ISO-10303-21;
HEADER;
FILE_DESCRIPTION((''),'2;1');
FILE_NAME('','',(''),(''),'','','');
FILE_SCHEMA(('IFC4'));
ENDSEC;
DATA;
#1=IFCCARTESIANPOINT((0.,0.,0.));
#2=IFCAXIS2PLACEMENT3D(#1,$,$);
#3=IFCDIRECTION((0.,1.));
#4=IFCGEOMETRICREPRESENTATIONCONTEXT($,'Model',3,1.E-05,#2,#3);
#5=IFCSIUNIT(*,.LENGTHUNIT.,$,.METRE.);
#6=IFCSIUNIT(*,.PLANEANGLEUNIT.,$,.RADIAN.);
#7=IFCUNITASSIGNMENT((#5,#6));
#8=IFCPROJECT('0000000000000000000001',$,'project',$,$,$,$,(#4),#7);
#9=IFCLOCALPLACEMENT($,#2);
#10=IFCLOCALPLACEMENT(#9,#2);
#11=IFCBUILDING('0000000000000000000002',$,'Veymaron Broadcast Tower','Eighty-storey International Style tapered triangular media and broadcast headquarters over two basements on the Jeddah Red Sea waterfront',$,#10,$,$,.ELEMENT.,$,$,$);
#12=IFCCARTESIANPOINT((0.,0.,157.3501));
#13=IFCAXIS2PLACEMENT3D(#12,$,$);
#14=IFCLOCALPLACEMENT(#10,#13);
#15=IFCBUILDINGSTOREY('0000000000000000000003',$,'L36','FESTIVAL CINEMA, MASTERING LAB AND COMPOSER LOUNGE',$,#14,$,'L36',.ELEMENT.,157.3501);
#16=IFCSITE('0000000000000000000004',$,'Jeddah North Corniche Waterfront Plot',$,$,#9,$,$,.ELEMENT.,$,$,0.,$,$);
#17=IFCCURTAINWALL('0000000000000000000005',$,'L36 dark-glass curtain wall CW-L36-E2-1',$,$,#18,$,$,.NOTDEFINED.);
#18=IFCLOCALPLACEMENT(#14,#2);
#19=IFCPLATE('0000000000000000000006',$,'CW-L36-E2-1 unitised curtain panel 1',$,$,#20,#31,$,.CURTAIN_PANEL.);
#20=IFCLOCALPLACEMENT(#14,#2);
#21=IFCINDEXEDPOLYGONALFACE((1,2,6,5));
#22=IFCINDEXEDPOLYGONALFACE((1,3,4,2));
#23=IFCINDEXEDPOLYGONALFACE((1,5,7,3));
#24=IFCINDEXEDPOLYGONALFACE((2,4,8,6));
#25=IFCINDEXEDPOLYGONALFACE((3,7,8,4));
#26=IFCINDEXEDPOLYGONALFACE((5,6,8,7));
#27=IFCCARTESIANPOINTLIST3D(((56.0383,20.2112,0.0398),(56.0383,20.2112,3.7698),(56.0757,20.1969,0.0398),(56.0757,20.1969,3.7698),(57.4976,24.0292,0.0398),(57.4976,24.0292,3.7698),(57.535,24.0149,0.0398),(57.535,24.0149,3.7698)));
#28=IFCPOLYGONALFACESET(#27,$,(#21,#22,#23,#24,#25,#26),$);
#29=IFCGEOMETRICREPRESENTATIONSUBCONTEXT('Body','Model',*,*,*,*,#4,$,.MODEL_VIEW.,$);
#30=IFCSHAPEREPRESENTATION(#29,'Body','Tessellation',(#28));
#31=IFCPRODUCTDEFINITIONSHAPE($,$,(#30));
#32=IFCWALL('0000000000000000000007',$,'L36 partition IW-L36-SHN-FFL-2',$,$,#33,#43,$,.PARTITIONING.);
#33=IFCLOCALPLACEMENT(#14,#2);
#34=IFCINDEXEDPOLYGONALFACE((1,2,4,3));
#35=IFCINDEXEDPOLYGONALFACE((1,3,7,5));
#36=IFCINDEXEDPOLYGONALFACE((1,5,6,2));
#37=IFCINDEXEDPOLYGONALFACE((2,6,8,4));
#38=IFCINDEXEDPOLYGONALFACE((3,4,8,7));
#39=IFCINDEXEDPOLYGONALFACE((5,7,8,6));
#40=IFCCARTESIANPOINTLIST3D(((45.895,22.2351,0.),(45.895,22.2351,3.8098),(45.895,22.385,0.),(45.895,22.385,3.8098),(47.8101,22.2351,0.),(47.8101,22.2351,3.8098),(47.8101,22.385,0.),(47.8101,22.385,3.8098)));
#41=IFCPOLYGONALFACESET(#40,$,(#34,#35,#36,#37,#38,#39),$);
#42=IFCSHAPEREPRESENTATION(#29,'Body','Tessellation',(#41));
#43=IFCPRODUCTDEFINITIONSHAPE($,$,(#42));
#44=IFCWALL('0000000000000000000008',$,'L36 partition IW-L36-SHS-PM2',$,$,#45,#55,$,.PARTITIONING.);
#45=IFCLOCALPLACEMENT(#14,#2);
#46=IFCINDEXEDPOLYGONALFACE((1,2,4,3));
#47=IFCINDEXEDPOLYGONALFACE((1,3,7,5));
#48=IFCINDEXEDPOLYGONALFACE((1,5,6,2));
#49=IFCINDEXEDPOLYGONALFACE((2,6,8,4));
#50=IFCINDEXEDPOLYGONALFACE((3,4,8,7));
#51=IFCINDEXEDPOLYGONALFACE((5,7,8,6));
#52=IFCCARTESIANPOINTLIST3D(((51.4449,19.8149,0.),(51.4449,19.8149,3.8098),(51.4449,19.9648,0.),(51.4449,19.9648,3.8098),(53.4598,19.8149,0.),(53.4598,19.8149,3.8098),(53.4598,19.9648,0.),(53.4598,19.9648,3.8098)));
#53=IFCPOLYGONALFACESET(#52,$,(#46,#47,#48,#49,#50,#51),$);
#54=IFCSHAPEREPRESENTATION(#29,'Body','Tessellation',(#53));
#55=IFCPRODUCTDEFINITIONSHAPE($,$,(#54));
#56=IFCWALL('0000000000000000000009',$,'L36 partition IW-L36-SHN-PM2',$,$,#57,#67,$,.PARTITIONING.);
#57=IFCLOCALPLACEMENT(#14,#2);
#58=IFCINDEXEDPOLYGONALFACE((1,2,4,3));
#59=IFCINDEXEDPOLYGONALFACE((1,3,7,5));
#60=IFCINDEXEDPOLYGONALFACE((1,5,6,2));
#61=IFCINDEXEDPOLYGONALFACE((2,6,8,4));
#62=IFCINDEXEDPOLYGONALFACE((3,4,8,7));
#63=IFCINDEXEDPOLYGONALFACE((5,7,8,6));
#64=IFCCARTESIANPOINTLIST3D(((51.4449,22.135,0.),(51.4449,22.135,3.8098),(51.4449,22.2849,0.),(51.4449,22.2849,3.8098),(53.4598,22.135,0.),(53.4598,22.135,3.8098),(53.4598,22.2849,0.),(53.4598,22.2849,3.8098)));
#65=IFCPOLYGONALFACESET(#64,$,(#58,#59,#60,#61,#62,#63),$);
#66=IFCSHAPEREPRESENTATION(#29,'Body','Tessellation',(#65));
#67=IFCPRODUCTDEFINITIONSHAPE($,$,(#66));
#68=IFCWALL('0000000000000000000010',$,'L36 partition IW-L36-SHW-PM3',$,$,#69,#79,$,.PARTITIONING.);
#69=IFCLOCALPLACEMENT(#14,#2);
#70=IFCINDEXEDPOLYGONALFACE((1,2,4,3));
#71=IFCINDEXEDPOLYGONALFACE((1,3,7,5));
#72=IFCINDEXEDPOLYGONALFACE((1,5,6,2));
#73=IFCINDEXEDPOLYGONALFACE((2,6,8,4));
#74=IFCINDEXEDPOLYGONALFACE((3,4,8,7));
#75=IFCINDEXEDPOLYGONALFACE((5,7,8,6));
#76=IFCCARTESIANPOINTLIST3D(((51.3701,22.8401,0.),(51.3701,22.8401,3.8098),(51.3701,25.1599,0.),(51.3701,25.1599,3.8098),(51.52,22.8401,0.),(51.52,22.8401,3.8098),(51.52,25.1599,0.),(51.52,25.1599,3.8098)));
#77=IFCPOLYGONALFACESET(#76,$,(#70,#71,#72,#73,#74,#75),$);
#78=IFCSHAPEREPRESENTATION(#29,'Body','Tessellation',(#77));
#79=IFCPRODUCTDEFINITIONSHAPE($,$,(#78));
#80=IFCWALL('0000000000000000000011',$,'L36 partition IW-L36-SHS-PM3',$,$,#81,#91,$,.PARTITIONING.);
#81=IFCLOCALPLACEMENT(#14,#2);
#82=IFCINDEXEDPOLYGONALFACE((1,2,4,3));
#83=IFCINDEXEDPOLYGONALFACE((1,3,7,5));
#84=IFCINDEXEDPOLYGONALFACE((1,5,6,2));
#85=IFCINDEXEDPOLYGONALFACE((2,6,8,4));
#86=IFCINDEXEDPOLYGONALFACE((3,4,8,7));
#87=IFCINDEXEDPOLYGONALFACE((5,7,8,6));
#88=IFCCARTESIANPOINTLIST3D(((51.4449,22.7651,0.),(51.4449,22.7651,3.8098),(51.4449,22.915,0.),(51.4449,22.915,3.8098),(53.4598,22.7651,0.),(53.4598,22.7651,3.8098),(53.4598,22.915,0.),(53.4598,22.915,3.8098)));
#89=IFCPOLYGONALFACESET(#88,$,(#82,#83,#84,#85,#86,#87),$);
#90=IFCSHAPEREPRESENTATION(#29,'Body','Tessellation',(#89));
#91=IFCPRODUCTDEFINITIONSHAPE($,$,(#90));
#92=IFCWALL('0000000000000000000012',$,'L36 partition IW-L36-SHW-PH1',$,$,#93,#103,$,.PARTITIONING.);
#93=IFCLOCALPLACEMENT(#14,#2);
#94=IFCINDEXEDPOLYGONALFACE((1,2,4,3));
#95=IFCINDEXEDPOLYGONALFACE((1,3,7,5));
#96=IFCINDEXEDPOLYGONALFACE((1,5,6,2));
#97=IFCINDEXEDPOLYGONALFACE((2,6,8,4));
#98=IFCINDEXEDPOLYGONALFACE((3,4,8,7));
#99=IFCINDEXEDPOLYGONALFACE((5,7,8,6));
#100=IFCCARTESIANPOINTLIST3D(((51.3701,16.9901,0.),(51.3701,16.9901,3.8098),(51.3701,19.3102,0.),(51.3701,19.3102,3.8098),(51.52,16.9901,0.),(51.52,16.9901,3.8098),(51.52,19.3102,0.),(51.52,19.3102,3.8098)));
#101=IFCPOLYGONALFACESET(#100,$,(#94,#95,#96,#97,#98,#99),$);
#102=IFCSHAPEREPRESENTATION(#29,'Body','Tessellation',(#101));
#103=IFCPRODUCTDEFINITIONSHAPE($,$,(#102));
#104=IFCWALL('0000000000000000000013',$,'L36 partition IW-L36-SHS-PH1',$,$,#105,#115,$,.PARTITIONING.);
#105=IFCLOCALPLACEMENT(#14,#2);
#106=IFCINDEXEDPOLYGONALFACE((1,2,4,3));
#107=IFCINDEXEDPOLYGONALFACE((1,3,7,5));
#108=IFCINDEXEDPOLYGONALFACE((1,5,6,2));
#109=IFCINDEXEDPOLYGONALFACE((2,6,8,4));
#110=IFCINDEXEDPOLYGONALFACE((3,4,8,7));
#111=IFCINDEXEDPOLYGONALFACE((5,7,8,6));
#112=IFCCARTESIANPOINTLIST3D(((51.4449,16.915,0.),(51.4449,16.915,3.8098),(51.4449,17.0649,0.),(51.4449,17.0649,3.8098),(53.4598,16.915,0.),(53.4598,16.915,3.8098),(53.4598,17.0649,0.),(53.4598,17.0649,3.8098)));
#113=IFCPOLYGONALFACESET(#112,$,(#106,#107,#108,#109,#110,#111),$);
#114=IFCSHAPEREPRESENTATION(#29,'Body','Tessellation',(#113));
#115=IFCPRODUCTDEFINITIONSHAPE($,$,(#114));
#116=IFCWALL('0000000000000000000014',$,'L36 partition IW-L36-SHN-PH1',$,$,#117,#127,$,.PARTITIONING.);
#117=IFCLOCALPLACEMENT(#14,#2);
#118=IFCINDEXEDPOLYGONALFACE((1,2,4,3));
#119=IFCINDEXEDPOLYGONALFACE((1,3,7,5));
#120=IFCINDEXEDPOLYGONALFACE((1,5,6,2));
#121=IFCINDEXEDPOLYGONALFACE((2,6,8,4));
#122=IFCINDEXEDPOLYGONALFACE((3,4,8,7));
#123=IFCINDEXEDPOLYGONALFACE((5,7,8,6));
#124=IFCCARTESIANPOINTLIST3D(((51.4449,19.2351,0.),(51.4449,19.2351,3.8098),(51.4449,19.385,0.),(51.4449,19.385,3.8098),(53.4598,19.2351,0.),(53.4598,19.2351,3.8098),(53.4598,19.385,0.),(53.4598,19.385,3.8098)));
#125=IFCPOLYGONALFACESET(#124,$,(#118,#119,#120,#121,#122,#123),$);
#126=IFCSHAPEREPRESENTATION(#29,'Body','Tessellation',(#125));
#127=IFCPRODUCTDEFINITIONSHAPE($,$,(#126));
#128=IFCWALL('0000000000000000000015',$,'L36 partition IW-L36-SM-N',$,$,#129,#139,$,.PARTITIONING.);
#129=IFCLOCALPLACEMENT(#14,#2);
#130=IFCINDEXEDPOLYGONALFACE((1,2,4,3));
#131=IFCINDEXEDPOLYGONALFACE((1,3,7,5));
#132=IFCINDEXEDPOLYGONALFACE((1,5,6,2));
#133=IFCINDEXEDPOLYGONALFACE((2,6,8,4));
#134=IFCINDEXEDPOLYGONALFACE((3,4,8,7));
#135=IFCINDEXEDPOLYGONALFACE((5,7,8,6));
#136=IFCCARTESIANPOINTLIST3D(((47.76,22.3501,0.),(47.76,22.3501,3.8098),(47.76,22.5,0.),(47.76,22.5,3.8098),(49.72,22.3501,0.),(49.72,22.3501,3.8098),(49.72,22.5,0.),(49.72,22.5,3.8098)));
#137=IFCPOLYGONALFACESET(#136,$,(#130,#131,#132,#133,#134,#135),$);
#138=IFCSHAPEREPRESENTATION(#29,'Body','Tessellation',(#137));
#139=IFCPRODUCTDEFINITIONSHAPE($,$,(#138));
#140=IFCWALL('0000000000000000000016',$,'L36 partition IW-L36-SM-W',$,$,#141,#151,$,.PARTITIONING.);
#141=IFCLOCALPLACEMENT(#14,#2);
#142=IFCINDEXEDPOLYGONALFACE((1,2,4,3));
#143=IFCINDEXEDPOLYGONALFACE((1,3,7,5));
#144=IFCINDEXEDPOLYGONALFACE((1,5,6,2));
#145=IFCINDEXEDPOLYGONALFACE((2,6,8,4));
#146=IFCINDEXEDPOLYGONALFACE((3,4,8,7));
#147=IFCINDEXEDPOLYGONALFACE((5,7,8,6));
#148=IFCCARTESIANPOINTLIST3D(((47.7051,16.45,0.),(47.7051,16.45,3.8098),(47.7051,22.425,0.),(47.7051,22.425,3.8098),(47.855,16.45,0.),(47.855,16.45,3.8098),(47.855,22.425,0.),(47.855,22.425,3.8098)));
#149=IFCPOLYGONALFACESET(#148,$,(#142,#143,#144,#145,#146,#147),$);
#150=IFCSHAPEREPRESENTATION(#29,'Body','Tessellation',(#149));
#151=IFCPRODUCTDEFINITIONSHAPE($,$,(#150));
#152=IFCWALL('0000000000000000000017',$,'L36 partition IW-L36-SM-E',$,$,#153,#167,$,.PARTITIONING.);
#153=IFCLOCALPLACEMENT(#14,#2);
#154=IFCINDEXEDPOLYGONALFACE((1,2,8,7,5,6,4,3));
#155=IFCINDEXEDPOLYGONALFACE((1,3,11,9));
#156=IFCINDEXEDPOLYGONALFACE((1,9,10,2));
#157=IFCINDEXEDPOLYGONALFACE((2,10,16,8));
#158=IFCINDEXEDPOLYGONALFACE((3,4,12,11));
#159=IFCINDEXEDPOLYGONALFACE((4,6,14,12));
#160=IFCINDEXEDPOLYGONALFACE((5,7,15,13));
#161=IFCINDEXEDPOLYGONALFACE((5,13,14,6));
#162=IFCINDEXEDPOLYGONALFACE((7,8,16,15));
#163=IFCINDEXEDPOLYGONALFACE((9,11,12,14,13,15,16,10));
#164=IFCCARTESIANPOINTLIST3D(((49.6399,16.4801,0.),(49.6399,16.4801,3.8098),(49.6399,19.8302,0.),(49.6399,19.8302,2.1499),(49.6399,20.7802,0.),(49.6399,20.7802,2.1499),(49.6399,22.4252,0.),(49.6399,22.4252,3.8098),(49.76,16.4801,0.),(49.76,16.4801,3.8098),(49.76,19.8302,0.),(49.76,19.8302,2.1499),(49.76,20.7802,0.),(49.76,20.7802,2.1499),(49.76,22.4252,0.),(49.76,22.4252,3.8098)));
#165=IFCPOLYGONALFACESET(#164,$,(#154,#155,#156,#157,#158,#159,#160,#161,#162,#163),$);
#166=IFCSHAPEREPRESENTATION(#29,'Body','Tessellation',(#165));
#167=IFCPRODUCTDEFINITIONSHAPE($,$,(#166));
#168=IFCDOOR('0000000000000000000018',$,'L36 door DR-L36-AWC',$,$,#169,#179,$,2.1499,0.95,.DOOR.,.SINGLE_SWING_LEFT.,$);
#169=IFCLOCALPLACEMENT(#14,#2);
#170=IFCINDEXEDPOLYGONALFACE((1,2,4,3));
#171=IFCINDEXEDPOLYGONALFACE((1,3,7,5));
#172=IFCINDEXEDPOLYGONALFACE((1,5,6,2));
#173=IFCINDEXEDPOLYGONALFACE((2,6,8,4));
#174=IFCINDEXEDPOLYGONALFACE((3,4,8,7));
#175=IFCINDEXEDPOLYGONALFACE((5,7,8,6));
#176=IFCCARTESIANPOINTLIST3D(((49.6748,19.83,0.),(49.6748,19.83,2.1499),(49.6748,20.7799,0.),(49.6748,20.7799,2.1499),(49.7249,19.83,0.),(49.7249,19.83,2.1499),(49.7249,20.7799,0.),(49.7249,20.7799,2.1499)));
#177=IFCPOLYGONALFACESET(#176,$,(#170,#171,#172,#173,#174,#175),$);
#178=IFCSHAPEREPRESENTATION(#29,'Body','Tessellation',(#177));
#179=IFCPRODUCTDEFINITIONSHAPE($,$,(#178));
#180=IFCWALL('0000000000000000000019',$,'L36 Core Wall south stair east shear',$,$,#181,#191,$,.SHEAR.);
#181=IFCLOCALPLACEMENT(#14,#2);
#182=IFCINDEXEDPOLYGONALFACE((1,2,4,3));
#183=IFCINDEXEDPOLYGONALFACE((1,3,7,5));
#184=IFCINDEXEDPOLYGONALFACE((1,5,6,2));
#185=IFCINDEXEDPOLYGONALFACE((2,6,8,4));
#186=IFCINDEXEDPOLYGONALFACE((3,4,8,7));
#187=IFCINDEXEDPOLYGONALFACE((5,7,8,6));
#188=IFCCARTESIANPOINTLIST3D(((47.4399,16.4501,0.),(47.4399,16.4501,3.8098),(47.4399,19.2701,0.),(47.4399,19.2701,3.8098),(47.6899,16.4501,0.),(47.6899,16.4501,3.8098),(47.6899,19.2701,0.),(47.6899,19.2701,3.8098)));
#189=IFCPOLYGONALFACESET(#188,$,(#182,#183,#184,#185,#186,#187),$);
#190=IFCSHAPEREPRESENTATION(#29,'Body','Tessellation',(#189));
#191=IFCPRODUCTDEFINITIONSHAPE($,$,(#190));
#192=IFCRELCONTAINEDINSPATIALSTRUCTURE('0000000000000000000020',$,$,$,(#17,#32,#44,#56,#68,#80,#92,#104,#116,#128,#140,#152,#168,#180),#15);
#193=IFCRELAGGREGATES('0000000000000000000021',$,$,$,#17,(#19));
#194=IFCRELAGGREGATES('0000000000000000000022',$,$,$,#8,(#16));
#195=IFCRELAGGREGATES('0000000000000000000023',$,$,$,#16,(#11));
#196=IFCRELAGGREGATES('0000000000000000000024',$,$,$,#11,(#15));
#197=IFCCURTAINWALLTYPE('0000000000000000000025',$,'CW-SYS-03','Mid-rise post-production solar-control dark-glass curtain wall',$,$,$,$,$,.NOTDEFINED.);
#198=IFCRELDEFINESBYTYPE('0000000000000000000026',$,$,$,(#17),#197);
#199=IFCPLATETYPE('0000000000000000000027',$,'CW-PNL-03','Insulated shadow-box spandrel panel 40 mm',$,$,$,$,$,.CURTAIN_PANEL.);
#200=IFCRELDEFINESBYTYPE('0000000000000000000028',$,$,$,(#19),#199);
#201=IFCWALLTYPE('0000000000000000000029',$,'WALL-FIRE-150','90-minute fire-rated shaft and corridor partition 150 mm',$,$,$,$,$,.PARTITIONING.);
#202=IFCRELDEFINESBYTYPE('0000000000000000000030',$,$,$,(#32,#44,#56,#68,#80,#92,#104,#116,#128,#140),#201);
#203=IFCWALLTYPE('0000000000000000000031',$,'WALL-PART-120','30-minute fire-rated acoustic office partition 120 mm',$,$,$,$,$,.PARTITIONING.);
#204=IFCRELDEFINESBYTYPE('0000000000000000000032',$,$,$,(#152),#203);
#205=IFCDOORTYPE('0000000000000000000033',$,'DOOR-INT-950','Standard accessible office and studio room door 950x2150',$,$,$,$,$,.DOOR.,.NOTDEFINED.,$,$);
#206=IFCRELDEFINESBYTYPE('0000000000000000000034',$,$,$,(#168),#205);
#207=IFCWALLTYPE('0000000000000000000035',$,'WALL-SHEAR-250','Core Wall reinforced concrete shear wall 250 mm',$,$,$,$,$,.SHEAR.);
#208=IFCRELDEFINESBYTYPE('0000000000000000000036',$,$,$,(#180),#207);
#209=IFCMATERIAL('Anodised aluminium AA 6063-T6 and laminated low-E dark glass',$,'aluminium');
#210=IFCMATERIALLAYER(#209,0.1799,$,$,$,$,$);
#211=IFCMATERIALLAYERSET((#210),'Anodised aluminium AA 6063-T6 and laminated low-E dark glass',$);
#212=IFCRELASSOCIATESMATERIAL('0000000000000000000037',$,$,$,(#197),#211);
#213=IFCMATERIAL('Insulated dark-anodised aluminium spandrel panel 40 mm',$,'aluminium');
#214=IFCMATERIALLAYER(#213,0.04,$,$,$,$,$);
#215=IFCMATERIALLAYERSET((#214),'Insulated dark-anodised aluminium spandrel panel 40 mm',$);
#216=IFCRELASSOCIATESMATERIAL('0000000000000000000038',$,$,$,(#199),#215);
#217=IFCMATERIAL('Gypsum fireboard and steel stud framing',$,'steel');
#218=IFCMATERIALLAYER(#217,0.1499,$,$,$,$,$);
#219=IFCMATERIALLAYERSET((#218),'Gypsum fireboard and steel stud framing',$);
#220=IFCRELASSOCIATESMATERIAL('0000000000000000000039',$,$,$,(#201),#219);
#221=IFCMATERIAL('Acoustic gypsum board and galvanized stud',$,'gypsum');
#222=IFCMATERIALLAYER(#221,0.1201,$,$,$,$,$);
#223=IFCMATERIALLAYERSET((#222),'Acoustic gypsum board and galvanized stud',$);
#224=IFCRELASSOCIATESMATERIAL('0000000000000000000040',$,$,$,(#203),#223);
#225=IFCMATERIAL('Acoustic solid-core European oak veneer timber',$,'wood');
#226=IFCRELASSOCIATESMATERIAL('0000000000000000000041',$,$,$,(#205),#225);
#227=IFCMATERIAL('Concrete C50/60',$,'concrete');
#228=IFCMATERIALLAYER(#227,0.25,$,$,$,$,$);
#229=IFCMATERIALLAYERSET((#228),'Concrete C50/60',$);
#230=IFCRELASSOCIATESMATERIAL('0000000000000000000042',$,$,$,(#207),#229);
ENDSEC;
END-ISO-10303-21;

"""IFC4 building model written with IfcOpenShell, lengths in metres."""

from ifc_helpers import new_model, si_unit, direction, frame, frame_2d, origin, origin_2d, place, context, subcontext, project, spatial, rectangle, extrude, material, layer, layer_set, type_object, element, fill, aggregate, save


model = new_model("IFC4")

# Units and contexts
model_context = context("Model", 3, precision=1e-05, world=origin(), true_north=direction((0.0, 1.0)))
body_context = subcontext(model_context, "Body", "Model", "MODEL_VIEW")
ifc_project = project(units=[si_unit("LENGTHUNIT", "METRE"), si_unit("PLANEANGLEUNIT", "RADIAN")], contexts=[model_context])

# Site, building, storey
site_placement = place(None, origin())
site = spatial("IfcSite", under=ifc_project, at=site_placement, Name="Jeddah North Corniche Waterfront Plot", CompositionType="ELEMENT", RefElevation=0.0)
building_placement = place(site_placement, origin())
building = spatial("IfcBuilding", under=site, at=building_placement, Name="Veymaron Broadcast Tower", Description="Eighty-storey International Style tapered triangular media and broadcast headquarters over two basements on the Jeddah Red Sea waterfront", CompositionType="ELEMENT")
storey_placement = place(building_placement, frame((0.0, 0.0, 157.3501)))
storey = spatial("IfcBuildingStorey", under=building, at=storey_placement, Name="L36", Description="FESTIVAL CINEMA, MASTERING LAB AND COMPOSER LOUNGE", LongName="L36", CompositionType="ELEMENT", Elevation=157.3501)

# Curtain wall
ifc_material_1 = material(Name="Anodised aluminium AA 6063-T6 and laminated low-E dark glass", Category="aluminium")
ifc_layer_1 = layer(ifc_material_1, 0.1799)
ifc_layer_set_1 = layer_set([ifc_layer_1], Name="Anodised aluminium AA 6063-T6 and laminated low-E dark glass")
curtain_wall_type = type_object("IfcCurtainWallType", Name="CW-SYS-03", Description="Mid-rise post-production solar-control dark-glass curtain wall", PredefinedType="NOTDEFINED", material=ifc_layer_set_1)
curtain_wall_1_placement = place(storey_placement, origin())
curtain_wall_1 = element("IfcCurtainWall", 1, at=curtain_wall_1_placement, inside=storey, type_object=curtain_wall_type, Name="L36 dark-glass curtain wall CW-L36-E2-1", PredefinedType="NOTDEFINED")

# Plate
ifc_material_2 = material(Name="Insulated dark-anodised aluminium spandrel panel 40 mm", Category="aluminium")
ifc_layer_2 = layer(ifc_material_2, 0.04)
ifc_layer_set_2 = layer_set([ifc_layer_2], Name="Insulated dark-anodised aluminium spandrel panel 40 mm")
plate_type = type_object("IfcPlateType", Name="CW-PNL-03", Description="Insulated shadow-box spandrel panel 40 mm", PredefinedType="CURTAIN_PANEL", material=ifc_layer_set_2)
plate_1_placement = place(storey_placement, frame((56.7866, 22.113, 0.0398), z_axis=(0.0, 0.0, 1.0), x_axis=(0.357015, 0.934099, 0.0)))
plate_1 = element("IfcPlate", 2, at=plate_1_placement, type_object=plate_type, Name="CW-L36-E2-1 unitised curtain panel 1", PredefinedType="CURTAIN_PANEL", context=body_context, shape_type="SweptSolid", body=[
    extrude(rectangle(XDim=4.0874, YDim=0.04, at=origin_2d()), origin(), (0.0, 0.0, 1.0), 3.73),
])
aggregate(curtain_wall_1, [plate_1])

# Shared definitions
ifc_material_3 = material(Name="Gypsum fireboard and steel stud framing", Category="steel")
ifc_layer_3 = layer(ifc_material_3, 0.1499)
ifc_layer_set_3 = layer_set([ifc_layer_3], Name="Gypsum fireboard and steel stud framing")
wall_type_1 = type_object("IfcWallType", Name="WALL-FIRE-150", Description="90-minute fire-rated shaft and corridor partition 150 mm", PredefinedType="PARTITIONING", material=ifc_layer_set_3)

# Wall
wall_1_placement = place(storey_placement, frame((45.895, 22.3101, 0.0), z_axis=(0.0, 0.0, 1.0), x_axis=(1.0, 0.0, 0.0)))
element("IfcWall", 3, at=wall_1_placement, inside=storey, type_object=wall_type_1, Name="L36 partition IW-L36-SHN-FFL-2", PredefinedType="PARTITIONING", context=body_context, shape_type="SweptSolid", body=[
    extrude(rectangle(XDim=1.915, YDim=0.1499, at=frame_2d((0.9575, 0.0))), origin(), (0.0, 0.0, 1.0), 3.8098),
])

# Walls
for number, where, z_axis, x_axis, name in (
    (4, (51.4451, 19.8899, 0.0), (0.0, 0.0, 1.0), (1.0, 0.0, 0.0), "L36 partition IW-L36-SHS-PM2"),
    (5, (51.4451, 22.21, 0.0), (0.0, 0.0, 1.0), (1.0, 0.0, 0.0), "L36 partition IW-L36-SHN-PM2"),
):
    element("IfcWall", number, at=place(storey_placement, frame(where, z_axis=z_axis, x_axis=x_axis)), inside=storey, type_object=wall_type_1, Name=name, PredefinedType="PARTITIONING", context=body_context, shape_type="SweptSolid", body=[
        extrude(rectangle(XDim=2.0149, YDim=0.1499, at=frame_2d((1.0073, 0.0))), origin(), (0.0, 0.0, 1.0), 3.8098),
    ])
wall_2_placement = place(storey_placement, frame((51.4451, 22.8401, 0.0), z_axis=(0.0, 0.0, 1.0), x_axis=(0.0, 1.0, 0.0)))
element("IfcWall", 6, at=wall_2_placement, inside=storey, type_object=wall_type_1, Name="L36 partition IW-L36-SHW-PM3", PredefinedType="PARTITIONING", context=body_context, shape_type="SweptSolid", body=[
    extrude(rectangle(XDim=2.3198, YDim=0.1499, at=frame_2d((1.1599, 0.0))), origin(), (0.0, 0.0, 1.0), 3.8098),
])
wall_3_placement = place(storey_placement, frame((51.4451, 22.8401, 0.0), z_axis=(0.0, 0.0, 1.0), x_axis=(1.0, 0.0, 0.0)))
element("IfcWall", 7, at=wall_3_placement, inside=storey, type_object=wall_type_1, Name="L36 partition IW-L36-SHS-PM3", PredefinedType="PARTITIONING", context=body_context, shape_type="SweptSolid", body=[
    extrude(rectangle(XDim=2.0149, YDim=0.1499, at=frame_2d((1.0073, 0.0))), origin(), (0.0, 0.0, 1.0), 3.8098),
])
wall_4_placement = place(storey_placement, frame((51.4451, 16.99, 0.0), z_axis=(0.0, 0.0, 1.0), x_axis=(0.0, 1.0, 0.0)))
element("IfcWall", 8, at=wall_4_placement, inside=storey, type_object=wall_type_1, Name="L36 partition IW-L36-SHW-PH1", PredefinedType="PARTITIONING", context=body_context, shape_type="SweptSolid", body=[
    extrude(rectangle(XDim=2.3201, YDim=0.1499, at=frame_2d((1.1602, 0.0))), origin(), (0.0, 0.0, 1.0), 3.8098),
])
for number, where, z_axis, x_axis, name in (
    (9, (51.4451, 16.99, 0.0), (0.0, 0.0, 1.0), (1.0, 0.0, 0.0), "L36 partition IW-L36-SHS-PH1"),
    (10, (51.4451, 19.3101, 0.0), (0.0, 0.0, 1.0), (1.0, 0.0, 0.0), "L36 partition IW-L36-SHN-PH1"),
):
    element("IfcWall", number, at=place(storey_placement, frame(where, z_axis=z_axis, x_axis=x_axis)), inside=storey, type_object=wall_type_1, Name=name, PredefinedType="PARTITIONING", context=body_context, shape_type="SweptSolid", body=[
        extrude(rectangle(XDim=2.0149, YDim=0.1499, at=frame_2d((1.0073, 0.0))), origin(), (0.0, 0.0, 1.0), 3.8098),
    ])

# Walls
wall_5_placement = place(storey_placement, frame((47.76, 22.425, 0.0), z_axis=(0.0, 0.0, 1.0), x_axis=(1.0, 0.0, 0.0)))
element("IfcWall", 11, at=wall_5_placement, inside=storey, type_object=wall_type_1, Name="L36 partition IW-L36-SM-N", PredefinedType="PARTITIONING", context=body_context, shape_type="SweptSolid", body=[
    extrude(rectangle(XDim=1.96, YDim=0.1499, at=frame_2d((0.98, 0.0))), origin(), (0.0, 0.0, 1.0), 3.8098),
])
wall_6_placement = place(storey_placement, frame((47.78, 16.45, 0.0), z_axis=(0.0, 0.0, 1.0), x_axis=(0.0, 1.0, 0.0)))
element("IfcWall", 12, at=wall_6_placement, inside=storey, type_object=wall_type_1, Name="L36 partition IW-L36-SM-W", PredefinedType="PARTITIONING", context=body_context, shape_type="SweptSolid", body=[
    extrude(rectangle(XDim=5.9751, YDim=0.1499, at=frame_2d((2.9875, 0.0))), origin(), (0.0, 0.0, 1.0), 3.8098),
])

# Wall, opening, door
ifc_material_4 = material(Name="Acoustic gypsum board and galvanized stud", Category="gypsum")
ifc_layer_4 = layer(ifc_material_4, 0.1201)
ifc_layer_set_4 = layer_set([ifc_layer_4], Name="Acoustic gypsum board and galvanized stud")
wall_type_2 = type_object("IfcWallType", Name="WALL-PART-120", Description="30-minute fire-rated acoustic office partition 120 mm", PredefinedType="PARTITIONING", material=ifc_layer_set_4)
wall_7_placement = place(storey_placement, frame((49.7, 16.48, 0.0), z_axis=(0.0, 0.0, 1.0), x_axis=(0.0, 1.0, 0.0)))
wall_7 = element("IfcWall", 13, at=wall_7_placement, inside=storey, type_object=wall_type_2, Name="L36 partition IW-L36-SM-E", PredefinedType="PARTITIONING", context=body_context, shape_type="SweptSolid", body=[
    extrude(rectangle(XDim=5.9451, YDim=0.1201, at=frame_2d((2.9727, 0.0))), origin(), (0.0, 0.0, 1.0), 3.8098),
])
opening_1_placement = place(wall_7_placement, frame((3.3501, 0.0, 0.0)))
opening_1 = element("IfcOpeningElement", 14, at=opening_1_placement, cuts=wall_7, PredefinedType="OPENING", context=body_context, shape_type="SweptSolid", body=[
    extrude(rectangle(XDim=0.95, YDim=2.1499, at=frame_2d((0.4751, 1.075))), frame((0.0, 0.0701, 0.0), z_axis=(0.0, -1.0, 0.0), x_axis=(1.0, 0.0, 0.0)), (0.0, 0.0, 1.0), 0.1401),
])
ifc_material_5 = material(Name="Acoustic solid-core European oak veneer timber", Category="wood")
door_type_1 = type_object("IfcDoorType", Name="DOOR-INT-950", Description="Standard accessible office and studio room door 950x2150", OperationType="NOTDEFINED", PredefinedType="DOOR", material=ifc_material_5)
door_1_placement = place(opening_1_placement, frame((0.95, 0.0, 0.0), z_axis=(0.0, 0.0, 1.0), x_axis=(-1.0, 0.0, 0.0)))
door_1 = element("IfcDoor", 15, at=door_1_placement, inside=storey, type_object=door_type_1, Name="L36 door DR-L36-AWC", OperationType="SINGLE_SWING_LEFT", OverallHeight=2.1499, OverallWidth=0.95, PredefinedType="DOOR", context=body_context, shape_type="SweptSolid", body=[
    extrude(rectangle(XDim=0.95, YDim=2.1499, at=frame_2d((0.4751, 1.075))), frame((0.0, 0.0249, 0.0), z_axis=(0.0, -1.0, 0.0), x_axis=(1.0, 0.0, 0.0)), (0.0, 0.0, 1.0), 0.05),
])
fill(opening_1, door_1)

# Wall
ifc_material_6 = material(Name="Concrete C50/60", Category="concrete")
ifc_layer_5 = layer(ifc_material_6, 0.25)
ifc_layer_set_5 = layer_set([ifc_layer_5], Name="Concrete C50/60")
wall_type_3 = type_object("IfcWallType", Name="WALL-SHEAR-250", Description="Core Wall reinforced concrete shear wall 250 mm", PredefinedType="SHEAR", material=ifc_layer_set_5)
wall_8_placement = place(storey_placement, frame((47.5649, 16.45, 0.0), z_axis=(0.0, 0.0, 1.0), x_axis=(0.0, 1.0, 0.0)))
element("IfcWall", 16, at=wall_8_placement, inside=storey, type_object=wall_type_3, Name="L36 Core Wall south stair east shear", PredefinedType="SHEAR", context=body_context, shape_type="SweptSolid", body=[
    extrude(rectangle(XDim=2.8201, YDim=0.25, at=frame_2d((1.4102, 0.0))), origin(), (0.0, 0.0, 1.0), 3.8098),
])

save(model, "model.ifc")
